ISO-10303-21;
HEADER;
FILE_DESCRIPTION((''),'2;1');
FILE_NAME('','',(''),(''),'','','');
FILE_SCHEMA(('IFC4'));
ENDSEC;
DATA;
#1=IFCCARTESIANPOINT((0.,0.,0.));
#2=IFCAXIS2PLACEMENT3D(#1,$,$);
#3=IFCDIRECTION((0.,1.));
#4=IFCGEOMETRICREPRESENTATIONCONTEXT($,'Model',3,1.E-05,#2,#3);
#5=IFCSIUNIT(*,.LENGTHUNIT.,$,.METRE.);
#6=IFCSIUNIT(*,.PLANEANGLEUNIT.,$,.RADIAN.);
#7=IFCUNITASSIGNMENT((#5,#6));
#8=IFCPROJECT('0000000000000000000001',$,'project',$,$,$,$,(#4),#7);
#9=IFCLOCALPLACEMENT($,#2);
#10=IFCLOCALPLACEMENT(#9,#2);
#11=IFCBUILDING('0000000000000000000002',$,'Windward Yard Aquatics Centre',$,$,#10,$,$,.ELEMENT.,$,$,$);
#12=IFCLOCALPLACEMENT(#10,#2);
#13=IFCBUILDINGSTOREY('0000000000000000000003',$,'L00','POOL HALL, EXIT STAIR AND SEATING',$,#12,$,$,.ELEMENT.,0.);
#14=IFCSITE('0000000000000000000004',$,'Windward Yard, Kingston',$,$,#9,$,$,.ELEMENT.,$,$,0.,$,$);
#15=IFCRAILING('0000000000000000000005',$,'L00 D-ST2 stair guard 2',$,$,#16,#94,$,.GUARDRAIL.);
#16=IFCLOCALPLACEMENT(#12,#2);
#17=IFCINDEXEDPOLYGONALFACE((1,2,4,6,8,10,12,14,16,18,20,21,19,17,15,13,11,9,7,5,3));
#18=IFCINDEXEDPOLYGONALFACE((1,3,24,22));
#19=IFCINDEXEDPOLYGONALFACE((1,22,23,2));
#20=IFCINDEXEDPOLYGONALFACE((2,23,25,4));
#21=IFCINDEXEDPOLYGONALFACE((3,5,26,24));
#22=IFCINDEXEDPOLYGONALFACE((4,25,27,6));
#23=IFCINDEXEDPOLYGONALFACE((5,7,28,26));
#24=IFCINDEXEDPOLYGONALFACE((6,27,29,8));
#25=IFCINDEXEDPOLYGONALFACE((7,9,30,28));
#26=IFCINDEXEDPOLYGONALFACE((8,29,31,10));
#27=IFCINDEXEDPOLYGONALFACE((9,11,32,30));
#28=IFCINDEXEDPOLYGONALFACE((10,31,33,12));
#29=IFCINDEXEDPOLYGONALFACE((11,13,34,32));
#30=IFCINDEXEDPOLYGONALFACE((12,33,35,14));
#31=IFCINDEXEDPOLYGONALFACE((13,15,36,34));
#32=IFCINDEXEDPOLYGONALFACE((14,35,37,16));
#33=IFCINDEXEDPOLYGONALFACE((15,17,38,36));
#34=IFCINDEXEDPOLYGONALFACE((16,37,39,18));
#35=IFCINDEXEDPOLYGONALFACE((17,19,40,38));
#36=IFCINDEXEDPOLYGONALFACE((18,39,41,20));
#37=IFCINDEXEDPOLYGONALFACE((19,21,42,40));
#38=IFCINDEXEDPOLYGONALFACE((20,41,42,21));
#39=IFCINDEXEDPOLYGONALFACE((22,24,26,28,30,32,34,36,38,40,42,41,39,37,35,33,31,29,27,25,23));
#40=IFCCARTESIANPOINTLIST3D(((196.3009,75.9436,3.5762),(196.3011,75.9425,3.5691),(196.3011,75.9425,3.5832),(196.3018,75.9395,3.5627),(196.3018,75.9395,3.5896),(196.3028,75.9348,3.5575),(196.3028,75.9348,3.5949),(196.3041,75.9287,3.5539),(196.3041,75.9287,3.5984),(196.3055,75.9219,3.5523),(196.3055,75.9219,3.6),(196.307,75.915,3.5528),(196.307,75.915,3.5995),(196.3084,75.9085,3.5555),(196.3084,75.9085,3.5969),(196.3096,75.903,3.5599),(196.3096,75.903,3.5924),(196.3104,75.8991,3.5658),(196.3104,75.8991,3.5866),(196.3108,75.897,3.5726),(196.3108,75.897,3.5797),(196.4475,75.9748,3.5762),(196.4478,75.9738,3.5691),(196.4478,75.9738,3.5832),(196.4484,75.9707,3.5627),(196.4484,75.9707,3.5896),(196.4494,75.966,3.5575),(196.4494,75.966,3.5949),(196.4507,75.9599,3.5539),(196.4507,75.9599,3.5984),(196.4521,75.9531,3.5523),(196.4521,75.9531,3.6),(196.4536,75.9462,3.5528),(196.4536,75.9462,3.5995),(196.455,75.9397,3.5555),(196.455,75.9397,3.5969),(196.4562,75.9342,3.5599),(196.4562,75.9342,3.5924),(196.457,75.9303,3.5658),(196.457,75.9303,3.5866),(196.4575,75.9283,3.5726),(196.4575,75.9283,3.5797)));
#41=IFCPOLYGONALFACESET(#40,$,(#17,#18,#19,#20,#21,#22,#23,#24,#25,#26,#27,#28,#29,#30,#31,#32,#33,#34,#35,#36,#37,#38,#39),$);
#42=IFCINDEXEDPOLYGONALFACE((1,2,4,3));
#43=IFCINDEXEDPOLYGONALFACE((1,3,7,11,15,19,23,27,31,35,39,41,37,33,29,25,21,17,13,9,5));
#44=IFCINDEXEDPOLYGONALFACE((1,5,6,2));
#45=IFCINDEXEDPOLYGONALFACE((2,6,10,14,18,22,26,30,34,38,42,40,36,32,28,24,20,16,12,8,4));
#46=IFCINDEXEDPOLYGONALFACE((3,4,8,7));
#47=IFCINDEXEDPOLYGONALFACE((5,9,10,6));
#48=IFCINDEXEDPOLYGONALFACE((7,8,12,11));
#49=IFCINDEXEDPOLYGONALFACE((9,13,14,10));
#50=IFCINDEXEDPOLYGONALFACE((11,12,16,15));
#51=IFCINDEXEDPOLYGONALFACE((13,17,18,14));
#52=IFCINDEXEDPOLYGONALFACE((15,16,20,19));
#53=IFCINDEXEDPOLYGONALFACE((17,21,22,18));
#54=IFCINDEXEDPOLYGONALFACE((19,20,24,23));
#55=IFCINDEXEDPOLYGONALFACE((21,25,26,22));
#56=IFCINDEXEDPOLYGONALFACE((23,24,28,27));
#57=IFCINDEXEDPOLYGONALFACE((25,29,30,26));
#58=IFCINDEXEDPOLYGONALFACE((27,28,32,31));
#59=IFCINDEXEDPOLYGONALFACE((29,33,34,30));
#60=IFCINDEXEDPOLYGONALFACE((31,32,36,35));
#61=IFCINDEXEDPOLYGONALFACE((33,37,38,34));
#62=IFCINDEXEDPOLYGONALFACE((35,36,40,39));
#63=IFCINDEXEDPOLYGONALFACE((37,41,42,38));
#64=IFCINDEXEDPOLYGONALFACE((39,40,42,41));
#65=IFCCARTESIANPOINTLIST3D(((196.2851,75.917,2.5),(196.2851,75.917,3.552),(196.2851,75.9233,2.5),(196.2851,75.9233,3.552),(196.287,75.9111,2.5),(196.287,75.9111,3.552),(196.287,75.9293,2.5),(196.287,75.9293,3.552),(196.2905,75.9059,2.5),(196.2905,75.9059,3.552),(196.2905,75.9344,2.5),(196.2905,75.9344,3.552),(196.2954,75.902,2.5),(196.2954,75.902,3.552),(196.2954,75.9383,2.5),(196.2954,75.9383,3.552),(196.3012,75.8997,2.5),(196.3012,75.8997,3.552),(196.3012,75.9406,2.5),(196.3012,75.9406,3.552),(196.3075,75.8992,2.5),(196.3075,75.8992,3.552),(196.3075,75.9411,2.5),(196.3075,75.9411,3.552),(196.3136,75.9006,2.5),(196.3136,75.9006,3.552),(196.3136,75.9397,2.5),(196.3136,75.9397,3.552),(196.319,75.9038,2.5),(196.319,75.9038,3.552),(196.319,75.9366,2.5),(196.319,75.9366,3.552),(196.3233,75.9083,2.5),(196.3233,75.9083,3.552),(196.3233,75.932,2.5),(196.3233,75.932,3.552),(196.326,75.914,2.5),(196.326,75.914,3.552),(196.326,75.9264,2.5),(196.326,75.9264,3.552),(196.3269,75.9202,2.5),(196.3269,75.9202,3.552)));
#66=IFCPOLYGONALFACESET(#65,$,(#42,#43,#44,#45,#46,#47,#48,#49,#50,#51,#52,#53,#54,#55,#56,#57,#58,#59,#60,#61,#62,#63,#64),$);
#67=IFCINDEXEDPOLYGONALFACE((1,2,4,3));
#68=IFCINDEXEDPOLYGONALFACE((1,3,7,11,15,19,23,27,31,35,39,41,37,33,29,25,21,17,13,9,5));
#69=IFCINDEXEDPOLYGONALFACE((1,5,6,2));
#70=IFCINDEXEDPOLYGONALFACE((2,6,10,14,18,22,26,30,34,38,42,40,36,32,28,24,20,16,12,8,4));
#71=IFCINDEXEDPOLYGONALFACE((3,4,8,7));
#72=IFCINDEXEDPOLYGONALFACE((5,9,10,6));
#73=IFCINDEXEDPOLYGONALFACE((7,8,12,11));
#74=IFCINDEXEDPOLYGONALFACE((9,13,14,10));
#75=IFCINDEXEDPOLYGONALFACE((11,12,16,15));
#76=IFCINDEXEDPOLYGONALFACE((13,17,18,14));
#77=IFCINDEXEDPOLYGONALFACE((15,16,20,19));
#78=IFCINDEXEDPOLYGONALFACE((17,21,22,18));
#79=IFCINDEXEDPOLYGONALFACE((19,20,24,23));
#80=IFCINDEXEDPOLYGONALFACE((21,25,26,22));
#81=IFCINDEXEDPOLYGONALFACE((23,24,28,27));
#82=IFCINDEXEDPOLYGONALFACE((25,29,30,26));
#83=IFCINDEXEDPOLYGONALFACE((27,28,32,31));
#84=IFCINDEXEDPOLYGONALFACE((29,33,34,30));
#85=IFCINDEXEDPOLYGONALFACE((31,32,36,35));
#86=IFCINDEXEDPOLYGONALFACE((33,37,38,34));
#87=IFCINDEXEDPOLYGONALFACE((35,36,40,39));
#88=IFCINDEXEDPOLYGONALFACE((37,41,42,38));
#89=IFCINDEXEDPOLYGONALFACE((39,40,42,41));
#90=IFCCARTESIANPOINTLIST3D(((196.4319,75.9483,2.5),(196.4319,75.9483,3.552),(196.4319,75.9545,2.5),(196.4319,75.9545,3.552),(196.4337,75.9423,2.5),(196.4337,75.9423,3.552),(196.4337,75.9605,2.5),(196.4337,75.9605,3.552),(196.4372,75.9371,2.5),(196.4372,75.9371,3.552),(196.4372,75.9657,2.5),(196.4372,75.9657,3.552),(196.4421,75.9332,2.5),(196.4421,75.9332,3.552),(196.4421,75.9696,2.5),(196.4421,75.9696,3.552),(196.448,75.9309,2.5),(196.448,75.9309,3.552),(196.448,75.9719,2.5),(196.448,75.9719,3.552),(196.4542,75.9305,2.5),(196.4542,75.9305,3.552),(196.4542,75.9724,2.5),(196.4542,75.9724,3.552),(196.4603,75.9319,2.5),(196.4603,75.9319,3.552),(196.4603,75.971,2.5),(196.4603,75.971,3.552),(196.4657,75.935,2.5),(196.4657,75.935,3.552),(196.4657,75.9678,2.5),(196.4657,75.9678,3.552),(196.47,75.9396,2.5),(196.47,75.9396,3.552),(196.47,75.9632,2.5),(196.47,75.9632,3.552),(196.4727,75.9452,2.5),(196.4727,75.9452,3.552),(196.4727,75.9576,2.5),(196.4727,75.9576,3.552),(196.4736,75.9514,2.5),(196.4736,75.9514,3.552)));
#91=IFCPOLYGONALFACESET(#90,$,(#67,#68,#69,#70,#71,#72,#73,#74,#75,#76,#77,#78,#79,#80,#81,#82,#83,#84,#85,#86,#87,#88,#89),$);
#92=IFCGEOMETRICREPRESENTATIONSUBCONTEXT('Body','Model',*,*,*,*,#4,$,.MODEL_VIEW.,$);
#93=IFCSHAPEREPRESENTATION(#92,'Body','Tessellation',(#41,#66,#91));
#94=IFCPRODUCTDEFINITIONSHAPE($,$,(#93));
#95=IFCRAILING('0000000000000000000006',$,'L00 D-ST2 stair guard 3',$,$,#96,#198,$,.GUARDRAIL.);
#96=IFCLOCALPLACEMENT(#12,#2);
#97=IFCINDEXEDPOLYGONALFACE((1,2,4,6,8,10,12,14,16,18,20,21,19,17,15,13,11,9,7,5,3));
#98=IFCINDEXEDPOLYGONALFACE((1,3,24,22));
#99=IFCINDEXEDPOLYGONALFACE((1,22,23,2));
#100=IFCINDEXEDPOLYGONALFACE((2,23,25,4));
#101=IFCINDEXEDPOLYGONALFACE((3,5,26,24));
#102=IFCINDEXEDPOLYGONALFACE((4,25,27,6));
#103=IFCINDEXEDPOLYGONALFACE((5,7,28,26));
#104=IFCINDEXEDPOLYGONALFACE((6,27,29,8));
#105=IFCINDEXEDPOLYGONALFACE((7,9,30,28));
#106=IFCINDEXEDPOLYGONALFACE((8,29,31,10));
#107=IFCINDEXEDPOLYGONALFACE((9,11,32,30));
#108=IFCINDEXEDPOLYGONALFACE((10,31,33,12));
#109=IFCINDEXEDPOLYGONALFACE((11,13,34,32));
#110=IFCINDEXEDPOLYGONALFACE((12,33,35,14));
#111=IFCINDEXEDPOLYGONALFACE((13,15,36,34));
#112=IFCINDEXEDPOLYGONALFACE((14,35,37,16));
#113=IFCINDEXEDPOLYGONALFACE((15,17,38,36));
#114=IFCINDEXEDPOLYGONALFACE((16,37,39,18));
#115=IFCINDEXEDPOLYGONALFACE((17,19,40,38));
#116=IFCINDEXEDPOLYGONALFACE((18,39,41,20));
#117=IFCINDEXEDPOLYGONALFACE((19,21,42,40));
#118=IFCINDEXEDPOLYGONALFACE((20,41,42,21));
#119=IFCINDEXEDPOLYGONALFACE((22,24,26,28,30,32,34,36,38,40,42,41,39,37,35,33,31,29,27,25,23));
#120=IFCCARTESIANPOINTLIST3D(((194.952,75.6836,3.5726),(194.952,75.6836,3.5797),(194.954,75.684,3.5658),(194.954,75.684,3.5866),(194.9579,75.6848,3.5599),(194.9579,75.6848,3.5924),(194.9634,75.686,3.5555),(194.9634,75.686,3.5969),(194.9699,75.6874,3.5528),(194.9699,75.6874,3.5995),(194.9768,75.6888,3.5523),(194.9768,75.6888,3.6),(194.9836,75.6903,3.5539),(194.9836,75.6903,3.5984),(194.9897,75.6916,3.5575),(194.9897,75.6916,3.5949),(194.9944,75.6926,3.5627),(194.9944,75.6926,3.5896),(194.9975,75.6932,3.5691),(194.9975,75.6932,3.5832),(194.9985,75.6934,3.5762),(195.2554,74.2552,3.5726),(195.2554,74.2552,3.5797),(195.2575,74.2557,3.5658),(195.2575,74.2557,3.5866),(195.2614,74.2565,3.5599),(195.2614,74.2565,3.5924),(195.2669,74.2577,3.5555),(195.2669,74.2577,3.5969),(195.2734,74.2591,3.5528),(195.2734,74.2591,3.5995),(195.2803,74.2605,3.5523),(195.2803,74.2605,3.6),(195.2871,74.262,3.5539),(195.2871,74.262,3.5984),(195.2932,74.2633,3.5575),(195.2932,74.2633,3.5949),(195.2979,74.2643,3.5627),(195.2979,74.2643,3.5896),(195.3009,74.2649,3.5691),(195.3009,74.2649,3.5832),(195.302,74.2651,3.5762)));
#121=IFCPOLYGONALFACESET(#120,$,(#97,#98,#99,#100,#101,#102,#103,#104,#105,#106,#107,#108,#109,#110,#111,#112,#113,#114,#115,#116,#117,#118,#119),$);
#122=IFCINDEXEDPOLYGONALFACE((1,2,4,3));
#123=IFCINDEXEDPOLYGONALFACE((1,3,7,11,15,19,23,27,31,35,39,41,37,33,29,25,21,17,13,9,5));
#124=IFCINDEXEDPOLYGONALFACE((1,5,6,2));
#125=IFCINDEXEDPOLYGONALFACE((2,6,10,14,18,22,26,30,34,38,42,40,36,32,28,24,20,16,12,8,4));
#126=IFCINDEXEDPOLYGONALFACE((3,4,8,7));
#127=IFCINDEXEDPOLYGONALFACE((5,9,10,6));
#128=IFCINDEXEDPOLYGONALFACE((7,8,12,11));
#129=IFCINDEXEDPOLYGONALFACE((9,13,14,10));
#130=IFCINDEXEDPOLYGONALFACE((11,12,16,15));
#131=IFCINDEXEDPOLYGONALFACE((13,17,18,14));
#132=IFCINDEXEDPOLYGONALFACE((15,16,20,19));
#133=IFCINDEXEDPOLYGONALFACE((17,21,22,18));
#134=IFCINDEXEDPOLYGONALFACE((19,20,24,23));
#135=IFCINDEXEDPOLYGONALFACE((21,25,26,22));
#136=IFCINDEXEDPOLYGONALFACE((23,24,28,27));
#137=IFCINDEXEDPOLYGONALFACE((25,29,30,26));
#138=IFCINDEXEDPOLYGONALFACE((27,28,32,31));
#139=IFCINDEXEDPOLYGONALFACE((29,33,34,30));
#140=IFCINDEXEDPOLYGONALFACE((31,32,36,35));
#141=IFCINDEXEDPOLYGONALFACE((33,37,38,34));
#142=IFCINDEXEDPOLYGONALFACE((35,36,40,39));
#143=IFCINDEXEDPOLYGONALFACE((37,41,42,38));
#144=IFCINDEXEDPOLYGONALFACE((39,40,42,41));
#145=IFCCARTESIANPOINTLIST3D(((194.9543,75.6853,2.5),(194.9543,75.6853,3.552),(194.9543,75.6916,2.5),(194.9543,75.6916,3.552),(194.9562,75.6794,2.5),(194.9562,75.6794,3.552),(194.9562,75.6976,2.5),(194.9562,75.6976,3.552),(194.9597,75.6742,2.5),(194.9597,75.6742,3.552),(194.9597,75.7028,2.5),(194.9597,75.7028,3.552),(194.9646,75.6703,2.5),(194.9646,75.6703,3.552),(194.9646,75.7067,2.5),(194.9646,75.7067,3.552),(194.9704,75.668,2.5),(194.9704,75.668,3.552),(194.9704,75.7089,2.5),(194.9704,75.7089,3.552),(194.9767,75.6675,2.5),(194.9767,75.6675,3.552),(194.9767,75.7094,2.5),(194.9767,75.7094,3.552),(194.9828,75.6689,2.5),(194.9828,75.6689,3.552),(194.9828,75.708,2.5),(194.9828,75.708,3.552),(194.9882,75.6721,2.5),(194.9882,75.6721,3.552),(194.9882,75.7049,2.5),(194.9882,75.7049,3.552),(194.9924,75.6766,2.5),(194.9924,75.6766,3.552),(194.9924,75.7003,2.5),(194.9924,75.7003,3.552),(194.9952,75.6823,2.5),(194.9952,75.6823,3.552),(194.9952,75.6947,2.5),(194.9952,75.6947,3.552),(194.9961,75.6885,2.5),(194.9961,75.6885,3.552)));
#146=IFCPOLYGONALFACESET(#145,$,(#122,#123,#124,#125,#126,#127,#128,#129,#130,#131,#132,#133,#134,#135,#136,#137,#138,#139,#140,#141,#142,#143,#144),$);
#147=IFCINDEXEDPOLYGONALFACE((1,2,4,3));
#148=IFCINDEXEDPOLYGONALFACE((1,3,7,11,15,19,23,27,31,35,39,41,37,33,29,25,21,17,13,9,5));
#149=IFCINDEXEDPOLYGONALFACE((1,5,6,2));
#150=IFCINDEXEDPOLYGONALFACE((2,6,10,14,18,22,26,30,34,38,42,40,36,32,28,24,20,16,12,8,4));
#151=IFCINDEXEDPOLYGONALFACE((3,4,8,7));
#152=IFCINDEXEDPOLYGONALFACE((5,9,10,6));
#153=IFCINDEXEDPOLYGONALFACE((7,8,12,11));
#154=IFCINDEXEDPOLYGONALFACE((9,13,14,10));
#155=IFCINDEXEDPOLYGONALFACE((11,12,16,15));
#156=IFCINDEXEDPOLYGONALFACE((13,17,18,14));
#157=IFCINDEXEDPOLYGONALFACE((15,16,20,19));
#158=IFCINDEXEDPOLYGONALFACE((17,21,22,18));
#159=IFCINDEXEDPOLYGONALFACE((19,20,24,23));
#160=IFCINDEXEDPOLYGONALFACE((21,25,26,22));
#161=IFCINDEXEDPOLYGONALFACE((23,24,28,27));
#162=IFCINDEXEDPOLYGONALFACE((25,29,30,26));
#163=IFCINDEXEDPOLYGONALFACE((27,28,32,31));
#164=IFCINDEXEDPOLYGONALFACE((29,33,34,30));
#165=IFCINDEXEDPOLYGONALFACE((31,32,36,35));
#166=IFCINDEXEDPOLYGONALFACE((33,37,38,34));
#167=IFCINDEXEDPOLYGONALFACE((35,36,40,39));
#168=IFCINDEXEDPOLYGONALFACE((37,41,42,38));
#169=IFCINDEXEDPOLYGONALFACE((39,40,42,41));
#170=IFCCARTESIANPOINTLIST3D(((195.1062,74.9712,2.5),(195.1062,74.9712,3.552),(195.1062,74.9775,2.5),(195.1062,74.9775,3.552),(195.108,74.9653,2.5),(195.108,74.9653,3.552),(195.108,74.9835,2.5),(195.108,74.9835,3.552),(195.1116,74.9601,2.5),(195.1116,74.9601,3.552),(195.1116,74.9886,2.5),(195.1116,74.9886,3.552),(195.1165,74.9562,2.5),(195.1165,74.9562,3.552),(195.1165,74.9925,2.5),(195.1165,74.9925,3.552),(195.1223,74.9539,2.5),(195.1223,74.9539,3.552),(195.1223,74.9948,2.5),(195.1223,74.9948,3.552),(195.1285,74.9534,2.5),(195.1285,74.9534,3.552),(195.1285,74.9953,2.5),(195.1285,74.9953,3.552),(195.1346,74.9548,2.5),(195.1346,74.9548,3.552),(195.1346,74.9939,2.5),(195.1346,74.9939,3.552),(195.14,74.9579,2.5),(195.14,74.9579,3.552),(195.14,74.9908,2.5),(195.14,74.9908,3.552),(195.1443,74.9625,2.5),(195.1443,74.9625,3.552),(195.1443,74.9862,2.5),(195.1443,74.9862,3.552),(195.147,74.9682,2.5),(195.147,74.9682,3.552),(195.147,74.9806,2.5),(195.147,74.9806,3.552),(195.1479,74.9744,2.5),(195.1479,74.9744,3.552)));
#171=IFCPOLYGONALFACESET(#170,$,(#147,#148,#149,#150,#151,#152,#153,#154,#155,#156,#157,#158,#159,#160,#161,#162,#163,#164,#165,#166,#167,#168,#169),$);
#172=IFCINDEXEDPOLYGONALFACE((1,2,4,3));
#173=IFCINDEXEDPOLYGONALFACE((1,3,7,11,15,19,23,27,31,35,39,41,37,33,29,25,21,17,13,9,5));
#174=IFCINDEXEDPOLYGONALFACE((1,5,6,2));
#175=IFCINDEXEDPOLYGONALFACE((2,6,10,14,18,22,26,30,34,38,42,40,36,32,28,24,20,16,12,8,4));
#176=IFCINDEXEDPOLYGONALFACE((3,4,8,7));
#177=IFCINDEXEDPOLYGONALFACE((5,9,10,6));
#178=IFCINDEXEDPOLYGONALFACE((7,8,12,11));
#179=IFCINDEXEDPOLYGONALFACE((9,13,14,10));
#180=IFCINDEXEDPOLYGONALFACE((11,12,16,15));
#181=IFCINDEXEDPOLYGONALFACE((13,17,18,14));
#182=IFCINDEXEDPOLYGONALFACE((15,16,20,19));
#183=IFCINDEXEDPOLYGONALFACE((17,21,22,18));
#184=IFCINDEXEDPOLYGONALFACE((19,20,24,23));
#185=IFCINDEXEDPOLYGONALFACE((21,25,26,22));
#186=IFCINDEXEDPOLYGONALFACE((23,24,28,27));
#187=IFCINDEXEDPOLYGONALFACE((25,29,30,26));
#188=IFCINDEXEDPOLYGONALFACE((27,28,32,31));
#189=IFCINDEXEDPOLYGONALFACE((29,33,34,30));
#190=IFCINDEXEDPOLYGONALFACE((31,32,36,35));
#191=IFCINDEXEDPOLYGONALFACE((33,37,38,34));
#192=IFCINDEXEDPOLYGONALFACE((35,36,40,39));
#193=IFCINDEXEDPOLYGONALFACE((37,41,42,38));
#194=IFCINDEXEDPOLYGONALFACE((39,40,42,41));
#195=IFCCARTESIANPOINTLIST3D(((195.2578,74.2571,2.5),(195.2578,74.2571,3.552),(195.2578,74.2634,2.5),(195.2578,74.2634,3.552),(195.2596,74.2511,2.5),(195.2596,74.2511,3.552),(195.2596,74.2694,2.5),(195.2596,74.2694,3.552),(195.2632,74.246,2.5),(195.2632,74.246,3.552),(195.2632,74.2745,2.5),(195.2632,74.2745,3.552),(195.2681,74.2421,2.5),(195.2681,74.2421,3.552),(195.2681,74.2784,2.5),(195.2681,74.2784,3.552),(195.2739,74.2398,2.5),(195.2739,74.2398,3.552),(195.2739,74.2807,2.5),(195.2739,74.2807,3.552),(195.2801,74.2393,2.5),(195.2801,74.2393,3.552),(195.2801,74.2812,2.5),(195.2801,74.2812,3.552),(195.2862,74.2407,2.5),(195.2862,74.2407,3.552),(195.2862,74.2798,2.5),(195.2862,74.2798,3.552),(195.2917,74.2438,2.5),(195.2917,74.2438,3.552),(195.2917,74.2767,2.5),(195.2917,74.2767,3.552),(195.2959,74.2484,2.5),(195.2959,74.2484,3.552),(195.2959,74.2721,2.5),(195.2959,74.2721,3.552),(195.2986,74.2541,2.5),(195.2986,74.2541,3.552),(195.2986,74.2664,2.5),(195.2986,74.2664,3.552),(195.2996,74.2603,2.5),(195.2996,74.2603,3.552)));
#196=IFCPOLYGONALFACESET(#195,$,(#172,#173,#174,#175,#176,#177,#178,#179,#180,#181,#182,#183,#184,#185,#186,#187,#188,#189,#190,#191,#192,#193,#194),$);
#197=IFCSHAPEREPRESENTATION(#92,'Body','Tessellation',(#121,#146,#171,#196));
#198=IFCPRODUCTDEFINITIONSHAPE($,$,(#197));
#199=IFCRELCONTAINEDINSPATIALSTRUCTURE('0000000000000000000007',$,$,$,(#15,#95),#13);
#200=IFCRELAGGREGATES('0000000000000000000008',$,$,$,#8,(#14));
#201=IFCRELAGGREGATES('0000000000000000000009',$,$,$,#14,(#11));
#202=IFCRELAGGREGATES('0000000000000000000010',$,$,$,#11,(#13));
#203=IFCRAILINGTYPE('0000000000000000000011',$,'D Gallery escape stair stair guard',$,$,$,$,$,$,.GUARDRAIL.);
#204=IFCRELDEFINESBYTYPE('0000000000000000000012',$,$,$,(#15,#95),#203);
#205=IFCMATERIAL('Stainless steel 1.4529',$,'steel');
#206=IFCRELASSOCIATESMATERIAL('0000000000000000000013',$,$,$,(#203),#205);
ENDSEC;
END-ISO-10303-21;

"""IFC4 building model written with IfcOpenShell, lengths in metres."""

from ifc_helpers import new_model, si_unit, direction, frame, origin, origin_2d, place, context, subcontext, project, spatial, circle, extrude, material, type_object, element, save


model = new_model("IFC4")

# Units and contexts
model_context = context("Model", 3, precision=1e-05, world=origin(), true_north=direction((0.0, 1.0)))
body_context = subcontext(model_context, "Body", "Model", "MODEL_VIEW")
ifc_project = project(units=[si_unit("LENGTHUNIT", "METRE"), si_unit("PLANEANGLEUNIT", "RADIAN")], contexts=[model_context])

# Site, building, storey
site_placement = place(None, origin())
site = spatial("IfcSite", under=ifc_project, at=site_placement, Name="Windward Yard, Kingston", CompositionType="ELEMENT", RefElevation=0.0)
building_placement = place(site_placement, origin())
building = spatial("IfcBuilding", under=site, at=building_placement, Name="Windward Yard Aquatics Centre", CompositionType="ELEMENT")
storey_placement = place(building_placement, origin())
storey = spatial("IfcBuildingStorey", under=building, at=storey_placement, Name="L00", Description="POOL HALL, EXIT STAIR AND SEATING", CompositionType="ELEMENT", Elevation=0.0)

# Railings
ifc_material_1 = material(Name="Stainless steel 1.4529", Category="steel")
railing_type_1 = type_object("IfcRailingType", Name="D Gallery escape stair stair guard", PredefinedType="GUARDRAIL", material=ifc_material_1)
railing_1_placement = place(storey_placement, frame((196.3059, 75.9202, 2.5)))
element("IfcRailing", 1, at=railing_1_placement, inside=storey, type_object=railing_type_1, Name="L00 D-ST2 stair guard 2", PredefinedType="GUARDRAIL", context=body_context, shape_type="SweptSolid", body=[
    extrude(circle(Radius=0.0239, at=origin_2d()), frame((0.0, 0.0, 1.0762), z_axis=(0.978064, 0.208306, 0.0), x_axis=(-0.208306, 0.978064, 0.0)), (0.0, 0.0, 1.0), 0.1499),
    extrude(circle(Radius=0.021, at=origin_2d()), origin(), (0.0, 0.0, 1.0), 1.052),
    extrude(circle(Radius=0.021, at=origin_2d()), frame((0.1467, 0.0312, 0.0)), (0.0, 0.0, 1.0), 1.052),
])
for number, where, name in (
    (2, (194.9751, 75.6885, 2.5), "L00 D-ST2 stair guard 3"),
):
    element("IfcRailing", number, at=place(storey_placement, frame(where)), inside=storey, type_object=railing_type_1, Name=name, PredefinedType="GUARDRAIL", context=body_context, shape_type="SweptSolid", body=[
        extrude(circle(Radius=0.0239, at=origin_2d()), frame((0.0, 0.0, 1.0762), z_axis=(0.207839, -0.978163, 0.0), x_axis=(0.978163, 0.207839, 0.0)), (0.0, 0.0, 1.0), 1.4602),
        extrude(circle(Radius=0.021, at=origin_2d()), origin(), (0.0, 0.0, 1.0), 1.052),
        extrude(circle(Radius=0.021, at=origin_2d()), frame((0.1519, -0.7141, 0.0)), (0.0, 0.0, 1.0), 1.052),
        extrude(circle(Radius=0.021, at=origin_2d()), frame((0.3035, -1.4282, 0.0)), (0.0, 0.0, 1.0), 1.052),
    ])

save(model, "model.ifc")
